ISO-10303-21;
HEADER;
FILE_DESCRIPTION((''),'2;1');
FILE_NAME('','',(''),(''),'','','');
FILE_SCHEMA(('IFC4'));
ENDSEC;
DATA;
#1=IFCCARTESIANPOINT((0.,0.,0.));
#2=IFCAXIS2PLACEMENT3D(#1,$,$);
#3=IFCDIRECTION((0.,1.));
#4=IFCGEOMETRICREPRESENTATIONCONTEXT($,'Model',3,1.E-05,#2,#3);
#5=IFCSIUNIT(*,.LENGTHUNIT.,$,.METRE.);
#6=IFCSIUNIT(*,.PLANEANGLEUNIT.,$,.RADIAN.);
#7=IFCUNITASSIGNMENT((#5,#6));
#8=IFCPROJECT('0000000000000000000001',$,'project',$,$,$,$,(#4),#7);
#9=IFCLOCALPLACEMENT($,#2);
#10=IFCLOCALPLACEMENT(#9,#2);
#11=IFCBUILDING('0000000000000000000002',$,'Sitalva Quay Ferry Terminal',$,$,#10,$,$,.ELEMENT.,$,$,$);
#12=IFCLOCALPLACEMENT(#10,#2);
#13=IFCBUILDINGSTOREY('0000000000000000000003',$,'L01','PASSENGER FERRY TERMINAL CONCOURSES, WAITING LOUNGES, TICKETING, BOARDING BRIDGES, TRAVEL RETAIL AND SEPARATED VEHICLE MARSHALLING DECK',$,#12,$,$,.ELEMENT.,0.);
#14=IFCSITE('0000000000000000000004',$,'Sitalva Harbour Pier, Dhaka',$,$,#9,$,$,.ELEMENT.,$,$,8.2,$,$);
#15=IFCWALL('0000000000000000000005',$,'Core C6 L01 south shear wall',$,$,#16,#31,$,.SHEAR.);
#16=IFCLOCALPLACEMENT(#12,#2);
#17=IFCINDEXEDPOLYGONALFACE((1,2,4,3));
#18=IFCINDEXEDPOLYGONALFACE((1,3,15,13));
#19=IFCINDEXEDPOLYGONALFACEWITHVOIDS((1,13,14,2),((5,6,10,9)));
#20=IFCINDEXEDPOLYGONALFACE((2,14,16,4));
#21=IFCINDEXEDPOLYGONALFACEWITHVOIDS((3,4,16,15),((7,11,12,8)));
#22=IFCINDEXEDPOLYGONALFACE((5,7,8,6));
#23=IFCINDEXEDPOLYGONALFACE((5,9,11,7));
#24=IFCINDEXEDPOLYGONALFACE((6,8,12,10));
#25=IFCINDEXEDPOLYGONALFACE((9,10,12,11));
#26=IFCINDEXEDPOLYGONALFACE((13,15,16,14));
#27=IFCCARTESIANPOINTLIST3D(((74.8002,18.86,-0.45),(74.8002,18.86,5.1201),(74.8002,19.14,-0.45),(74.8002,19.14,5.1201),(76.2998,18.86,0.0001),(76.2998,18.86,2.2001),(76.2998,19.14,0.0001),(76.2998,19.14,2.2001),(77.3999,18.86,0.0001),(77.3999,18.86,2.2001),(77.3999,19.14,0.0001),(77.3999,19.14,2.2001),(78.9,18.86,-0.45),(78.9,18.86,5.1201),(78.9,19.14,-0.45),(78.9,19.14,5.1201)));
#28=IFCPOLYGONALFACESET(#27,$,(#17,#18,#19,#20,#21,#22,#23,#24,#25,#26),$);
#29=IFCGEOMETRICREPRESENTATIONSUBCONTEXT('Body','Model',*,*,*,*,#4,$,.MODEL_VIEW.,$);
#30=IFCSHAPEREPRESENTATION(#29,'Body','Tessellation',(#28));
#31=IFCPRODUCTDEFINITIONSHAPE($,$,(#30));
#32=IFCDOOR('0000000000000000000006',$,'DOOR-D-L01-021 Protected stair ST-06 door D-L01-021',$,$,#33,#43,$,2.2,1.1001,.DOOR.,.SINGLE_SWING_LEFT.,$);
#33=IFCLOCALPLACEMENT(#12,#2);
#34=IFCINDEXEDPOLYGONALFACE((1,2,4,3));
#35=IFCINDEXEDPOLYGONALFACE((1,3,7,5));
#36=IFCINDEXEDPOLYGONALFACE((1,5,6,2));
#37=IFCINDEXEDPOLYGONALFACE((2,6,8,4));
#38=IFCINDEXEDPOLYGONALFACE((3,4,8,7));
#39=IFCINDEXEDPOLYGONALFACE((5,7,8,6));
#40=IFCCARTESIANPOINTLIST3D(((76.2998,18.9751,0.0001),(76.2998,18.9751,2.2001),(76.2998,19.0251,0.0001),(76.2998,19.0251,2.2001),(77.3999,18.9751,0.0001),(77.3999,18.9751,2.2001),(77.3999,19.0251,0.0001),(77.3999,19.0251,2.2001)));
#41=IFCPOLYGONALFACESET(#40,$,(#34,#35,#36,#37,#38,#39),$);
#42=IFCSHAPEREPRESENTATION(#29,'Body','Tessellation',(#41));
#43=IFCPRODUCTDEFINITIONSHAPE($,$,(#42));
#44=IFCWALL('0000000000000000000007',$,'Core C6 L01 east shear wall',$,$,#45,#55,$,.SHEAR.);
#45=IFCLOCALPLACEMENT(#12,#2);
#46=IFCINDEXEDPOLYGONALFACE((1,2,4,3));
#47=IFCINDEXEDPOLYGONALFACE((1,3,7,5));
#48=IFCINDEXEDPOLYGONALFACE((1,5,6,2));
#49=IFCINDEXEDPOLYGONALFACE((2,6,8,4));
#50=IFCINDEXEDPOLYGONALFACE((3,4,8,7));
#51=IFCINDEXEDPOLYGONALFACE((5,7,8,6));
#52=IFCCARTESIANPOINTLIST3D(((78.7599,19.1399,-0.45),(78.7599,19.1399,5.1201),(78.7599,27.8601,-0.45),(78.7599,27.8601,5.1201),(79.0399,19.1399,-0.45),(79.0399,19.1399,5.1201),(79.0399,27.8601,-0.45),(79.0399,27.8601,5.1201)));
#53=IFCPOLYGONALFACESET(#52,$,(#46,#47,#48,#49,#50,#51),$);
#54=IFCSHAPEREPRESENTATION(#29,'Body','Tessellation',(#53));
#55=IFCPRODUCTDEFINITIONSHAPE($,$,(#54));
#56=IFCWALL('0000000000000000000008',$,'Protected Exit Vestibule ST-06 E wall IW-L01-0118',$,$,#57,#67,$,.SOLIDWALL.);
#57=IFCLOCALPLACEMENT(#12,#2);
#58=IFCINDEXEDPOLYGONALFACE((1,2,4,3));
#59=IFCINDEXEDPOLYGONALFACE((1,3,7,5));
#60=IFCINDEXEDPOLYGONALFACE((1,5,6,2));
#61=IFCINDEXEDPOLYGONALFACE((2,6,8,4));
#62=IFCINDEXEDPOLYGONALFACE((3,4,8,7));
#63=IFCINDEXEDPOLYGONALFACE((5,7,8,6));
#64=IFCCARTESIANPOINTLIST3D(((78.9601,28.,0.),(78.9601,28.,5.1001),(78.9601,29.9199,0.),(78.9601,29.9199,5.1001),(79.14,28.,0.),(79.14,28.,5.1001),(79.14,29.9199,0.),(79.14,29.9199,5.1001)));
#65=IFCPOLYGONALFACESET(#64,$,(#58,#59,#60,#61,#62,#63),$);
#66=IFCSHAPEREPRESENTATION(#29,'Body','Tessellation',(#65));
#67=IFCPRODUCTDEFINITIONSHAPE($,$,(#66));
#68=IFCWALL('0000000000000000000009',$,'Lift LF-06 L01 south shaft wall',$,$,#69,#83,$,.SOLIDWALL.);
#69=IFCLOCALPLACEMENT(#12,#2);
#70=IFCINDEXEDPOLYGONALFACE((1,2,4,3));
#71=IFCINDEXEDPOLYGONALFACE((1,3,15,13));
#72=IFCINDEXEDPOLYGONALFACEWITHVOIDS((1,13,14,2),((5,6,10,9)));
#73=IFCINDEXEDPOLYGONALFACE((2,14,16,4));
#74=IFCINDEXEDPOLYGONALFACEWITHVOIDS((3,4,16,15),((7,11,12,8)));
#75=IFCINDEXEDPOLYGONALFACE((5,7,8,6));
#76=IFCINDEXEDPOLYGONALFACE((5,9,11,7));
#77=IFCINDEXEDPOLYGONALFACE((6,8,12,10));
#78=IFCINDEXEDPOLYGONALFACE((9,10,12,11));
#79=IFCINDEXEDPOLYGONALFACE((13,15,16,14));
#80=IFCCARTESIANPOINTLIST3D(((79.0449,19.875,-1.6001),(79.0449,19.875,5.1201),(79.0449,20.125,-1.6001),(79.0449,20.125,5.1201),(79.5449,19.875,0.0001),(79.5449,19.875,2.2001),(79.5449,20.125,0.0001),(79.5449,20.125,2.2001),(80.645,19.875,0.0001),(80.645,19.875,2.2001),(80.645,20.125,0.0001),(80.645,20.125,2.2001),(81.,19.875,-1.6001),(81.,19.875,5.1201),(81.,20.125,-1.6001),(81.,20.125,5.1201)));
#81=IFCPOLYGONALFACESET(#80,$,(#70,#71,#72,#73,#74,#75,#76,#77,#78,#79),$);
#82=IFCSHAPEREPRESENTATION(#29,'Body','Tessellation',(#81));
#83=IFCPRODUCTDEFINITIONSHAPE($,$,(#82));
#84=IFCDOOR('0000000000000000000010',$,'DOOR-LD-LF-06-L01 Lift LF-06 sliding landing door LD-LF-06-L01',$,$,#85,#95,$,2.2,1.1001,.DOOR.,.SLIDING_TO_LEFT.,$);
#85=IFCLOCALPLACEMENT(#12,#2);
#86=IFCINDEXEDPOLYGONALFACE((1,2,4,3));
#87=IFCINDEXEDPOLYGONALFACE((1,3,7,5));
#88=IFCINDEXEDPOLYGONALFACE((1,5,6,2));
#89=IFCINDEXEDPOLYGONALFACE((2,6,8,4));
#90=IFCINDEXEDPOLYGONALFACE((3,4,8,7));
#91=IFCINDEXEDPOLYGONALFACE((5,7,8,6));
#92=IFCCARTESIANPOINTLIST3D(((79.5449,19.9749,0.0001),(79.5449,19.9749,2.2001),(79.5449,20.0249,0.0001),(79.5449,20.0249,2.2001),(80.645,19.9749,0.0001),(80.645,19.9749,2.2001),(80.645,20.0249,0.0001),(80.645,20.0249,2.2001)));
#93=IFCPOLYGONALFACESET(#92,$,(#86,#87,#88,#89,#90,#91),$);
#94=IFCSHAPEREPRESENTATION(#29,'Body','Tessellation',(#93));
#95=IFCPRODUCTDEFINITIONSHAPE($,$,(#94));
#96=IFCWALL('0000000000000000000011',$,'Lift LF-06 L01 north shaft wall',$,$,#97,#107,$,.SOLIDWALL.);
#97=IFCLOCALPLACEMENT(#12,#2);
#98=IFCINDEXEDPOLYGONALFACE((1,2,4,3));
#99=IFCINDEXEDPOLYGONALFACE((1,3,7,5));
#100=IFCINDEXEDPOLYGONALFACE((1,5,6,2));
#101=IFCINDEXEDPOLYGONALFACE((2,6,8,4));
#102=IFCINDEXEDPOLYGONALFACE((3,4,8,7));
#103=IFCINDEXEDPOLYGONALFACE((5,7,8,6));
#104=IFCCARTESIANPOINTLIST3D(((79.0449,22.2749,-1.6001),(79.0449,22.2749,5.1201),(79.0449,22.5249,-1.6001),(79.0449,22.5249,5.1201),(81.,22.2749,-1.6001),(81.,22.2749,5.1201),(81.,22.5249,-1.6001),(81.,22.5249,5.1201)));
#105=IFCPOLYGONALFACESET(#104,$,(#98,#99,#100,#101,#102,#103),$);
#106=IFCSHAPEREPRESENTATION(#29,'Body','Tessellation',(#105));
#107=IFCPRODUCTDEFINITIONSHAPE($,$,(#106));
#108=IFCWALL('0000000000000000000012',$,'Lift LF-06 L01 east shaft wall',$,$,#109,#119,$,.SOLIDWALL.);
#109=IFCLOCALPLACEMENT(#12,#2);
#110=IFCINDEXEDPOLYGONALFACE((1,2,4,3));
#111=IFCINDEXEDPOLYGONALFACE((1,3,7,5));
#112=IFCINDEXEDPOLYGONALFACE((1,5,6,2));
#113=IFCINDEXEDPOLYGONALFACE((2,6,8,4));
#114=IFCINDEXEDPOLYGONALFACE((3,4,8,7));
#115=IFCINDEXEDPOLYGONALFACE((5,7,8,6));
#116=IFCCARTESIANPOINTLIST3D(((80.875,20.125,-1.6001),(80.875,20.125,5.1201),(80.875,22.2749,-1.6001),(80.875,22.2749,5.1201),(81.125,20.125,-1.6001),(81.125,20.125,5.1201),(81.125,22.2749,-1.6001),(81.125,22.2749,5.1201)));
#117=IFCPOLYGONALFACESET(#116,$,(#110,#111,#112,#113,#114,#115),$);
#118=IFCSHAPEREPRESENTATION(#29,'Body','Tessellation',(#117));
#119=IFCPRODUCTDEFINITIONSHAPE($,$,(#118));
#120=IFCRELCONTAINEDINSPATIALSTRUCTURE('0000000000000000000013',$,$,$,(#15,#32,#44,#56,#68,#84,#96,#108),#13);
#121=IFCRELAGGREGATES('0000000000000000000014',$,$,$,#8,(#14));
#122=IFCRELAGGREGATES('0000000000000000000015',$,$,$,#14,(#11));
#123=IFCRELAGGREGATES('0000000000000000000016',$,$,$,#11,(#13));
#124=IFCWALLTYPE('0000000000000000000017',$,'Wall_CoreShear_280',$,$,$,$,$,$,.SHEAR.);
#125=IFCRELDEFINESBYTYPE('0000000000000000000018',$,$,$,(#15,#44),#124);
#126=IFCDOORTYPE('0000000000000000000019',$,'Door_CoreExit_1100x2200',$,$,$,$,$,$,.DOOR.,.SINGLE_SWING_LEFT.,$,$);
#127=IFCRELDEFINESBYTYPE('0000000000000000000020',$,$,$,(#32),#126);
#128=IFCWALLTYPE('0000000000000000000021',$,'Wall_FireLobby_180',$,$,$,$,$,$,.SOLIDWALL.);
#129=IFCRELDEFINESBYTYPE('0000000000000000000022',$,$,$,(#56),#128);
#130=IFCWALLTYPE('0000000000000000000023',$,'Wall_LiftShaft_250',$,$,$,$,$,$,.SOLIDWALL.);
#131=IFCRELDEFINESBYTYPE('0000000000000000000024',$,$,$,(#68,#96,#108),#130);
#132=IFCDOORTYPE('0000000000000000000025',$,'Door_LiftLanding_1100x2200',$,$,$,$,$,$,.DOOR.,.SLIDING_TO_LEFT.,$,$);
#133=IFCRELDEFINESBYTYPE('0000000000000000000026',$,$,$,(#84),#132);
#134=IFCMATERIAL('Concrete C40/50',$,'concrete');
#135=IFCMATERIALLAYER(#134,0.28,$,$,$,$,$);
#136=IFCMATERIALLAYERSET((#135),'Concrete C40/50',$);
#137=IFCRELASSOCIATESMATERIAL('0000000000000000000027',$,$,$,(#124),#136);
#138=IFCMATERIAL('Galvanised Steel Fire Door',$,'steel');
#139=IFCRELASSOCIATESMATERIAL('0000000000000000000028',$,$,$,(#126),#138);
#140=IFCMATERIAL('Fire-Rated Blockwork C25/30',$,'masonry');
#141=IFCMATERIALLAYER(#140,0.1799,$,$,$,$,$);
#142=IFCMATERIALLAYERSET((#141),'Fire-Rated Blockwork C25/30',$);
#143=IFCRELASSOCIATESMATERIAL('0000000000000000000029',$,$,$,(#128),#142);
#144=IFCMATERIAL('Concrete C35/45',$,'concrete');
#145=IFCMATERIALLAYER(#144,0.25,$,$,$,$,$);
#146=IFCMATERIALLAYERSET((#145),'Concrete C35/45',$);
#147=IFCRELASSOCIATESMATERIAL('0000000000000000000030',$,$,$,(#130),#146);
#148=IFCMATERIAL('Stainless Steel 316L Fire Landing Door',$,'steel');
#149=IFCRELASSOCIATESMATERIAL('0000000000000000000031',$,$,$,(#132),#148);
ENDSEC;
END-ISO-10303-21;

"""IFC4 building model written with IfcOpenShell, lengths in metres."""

from ifc_helpers import new_model, si_unit, direction, frame, frame_2d, origin, place, context, subcontext, project, spatial, rectangle, extrude, material, layer, layer_set, type_object, element, fill, save


model = new_model("IFC4")

# Units and contexts
model_context = context("Model", 3, precision=1e-05, world=origin(), true_north=direction((0.0, 1.0)))
body_context = subcontext(model_context, "Body", "Model", "MODEL_VIEW")
ifc_project = project(units=[si_unit("LENGTHUNIT", "METRE"), si_unit("PLANEANGLEUNIT", "RADIAN")], contexts=[model_context])

# Site, building, storey
site_placement = place(None, origin())
site = spatial("IfcSite", under=ifc_project, at=site_placement, Name="Sitalva Harbour Pier, Dhaka", CompositionType="ELEMENT", RefElevation=8.2)
building_placement = place(site_placement, origin())
building = spatial("IfcBuilding", under=site, at=building_placement, Name="Sitalva Quay Ferry Terminal", CompositionType="ELEMENT")
storey_placement = place(building_placement, origin())
storey = spatial("IfcBuildingStorey", under=building, at=storey_placement, Name="L01", Description="PASSENGER FERRY TERMINAL CONCOURSES, WAITING LOUNGES, TICKETING, BOARDING BRIDGES, TRAVEL RETAIL AND SEPARATED VEHICLE MARSHALLING DECK", CompositionType="ELEMENT", Elevation=0.0)

# Wall, opening, door
ifc_material_1 = material(Name="Concrete C40/50", Category="concrete")
ifc_layer_1 = layer(ifc_material_1, 0.28)
ifc_layer_set_1 = layer_set([ifc_layer_1], Name="Concrete C40/50")
wall_type_1 = type_object("IfcWallType", Name="Wall_CoreShear_280", PredefinedType="SHEAR", material=ifc_layer_set_1)
wall_1_placement = place(storey_placement, frame((78.8999, 19.0, -0.45), z_axis=(0.0, 0.0, 1.0), x_axis=(-1.0, 0.0, 0.0)))
wall_1 = element("IfcWall", 1, at=wall_1_placement, inside=storey, type_object=wall_type_1, Name="Core C6 L01 south shear wall", PredefinedType="SHEAR", context=body_context, shape_type="SweptSolid", body=[
    extrude(rectangle(XDim=4.0999, YDim=0.28, at=frame_2d((2.0498, 0.0))), origin(), (0.0, 0.0, 1.0), 5.5701),
])
opening_1_placement = place(wall_1_placement, frame((1.5, 0.0, 0.45)))
opening_1 = element("IfcOpeningElement", 2, at=opening_1_placement, cuts=wall_1, PredefinedType="OPENING", context=body_context, shape_type="SweptSolid", body=[
    extrude(rectangle(XDim=1.1001, YDim=2.2, at=frame_2d((0.55, 1.1001))), frame((0.0, 0.1499, 0.0), z_axis=(0.0, -1.0, 0.0), x_axis=(1.0, 0.0, 0.0)), (0.0, 0.0, 1.0), 0.3),
])
ifc_material_2 = material(Name="Galvanised Steel Fire Door", Category="steel")
door_type_1 = type_object("IfcDoorType", Name="Door_CoreExit_1100x2200", OperationType="SINGLE_SWING_LEFT", PredefinedType="DOOR", material=ifc_material_2)
door_1_placement = place(opening_1_placement, origin())
door_1 = element("IfcDoor", 3, at=door_1_placement, inside=storey, type_object=door_type_1, Name="DOOR-D-L01-021 Protected stair ST-06 door D-L01-021", OperationType="SINGLE_SWING_LEFT", OverallHeight=2.2, OverallWidth=1.1001, PredefinedType="DOOR", context=body_context, shape_type="SweptSolid", body=[
    extrude(rectangle(XDim=1.1001, YDim=2.2, at=frame_2d((0.55, 1.1001))), frame((0.0, 0.0249, 0.0), z_axis=(0.0, -1.0, 0.0), x_axis=(1.0, 0.0, 0.0)), (0.0, 0.0, 1.0), 0.05),
])
fill(opening_1, door_1)

# Walls
wall_2_placement = place(storey_placement, frame((78.8999, 19.1399, -0.45), z_axis=(0.0, 0.0, 1.0), x_axis=(0.0, 1.0, 0.0)))
element("IfcWall", 4, at=wall_2_placement, inside=storey, type_object=wall_type_1, Name="Core C6 L01 east shear wall", PredefinedType="SHEAR", context=body_context, shape_type="SweptSolid", body=[
    extrude(rectangle(XDim=8.7202, YDim=0.28, at=frame_2d((4.3601, 0.0))), origin(), (0.0, 0.0, 1.0), 5.5701),
])
ifc_material_3 = material(Name="Fire-Rated Blockwork C25/30", Category="masonry")
ifc_layer_2 = layer(ifc_material_3, 0.1799)
ifc_layer_set_2 = layer_set([ifc_layer_2], Name="Fire-Rated Blockwork C25/30")
wall_type_2 = type_object("IfcWallType", Name="Wall_FireLobby_180", PredefinedType="SOLIDWALL", material=ifc_layer_set_2)
wall_3_placement = place(storey_placement, frame((79.05, 28.0, 0.0), z_axis=(0.0, 0.0, 1.0), x_axis=(0.0, 1.0, 0.0)))
element("IfcWall", 5, at=wall_3_placement, inside=storey, type_object=wall_type_2, Name="Protected Exit Vestibule ST-06 E wall IW-L01-0118", PredefinedType="SOLIDWALL", context=body_context, shape_type="SweptSolid", body=[
    extrude(rectangle(XDim=1.9199, YDim=0.1799, at=frame_2d((0.96, 0.0))), origin(), (0.0, 0.0, 1.0), 5.1001),
])

# Wall, opening, door
ifc_material_4 = material(Name="Concrete C35/45", Category="concrete")
ifc_layer_3 = layer(ifc_material_4, 0.25)
ifc_layer_set_3 = layer_set([ifc_layer_3], Name="Concrete C35/45")
wall_type_3 = type_object("IfcWallType", Name="Wall_LiftShaft_250", PredefinedType="SOLIDWALL", material=ifc_layer_set_3)
wall_4_placement = place(storey_placement, frame((79.0449, 20.0, -1.6001), z_axis=(0.0, 0.0, 1.0), x_axis=(1.0, 0.0, 0.0)))
wall_4 = element("IfcWall", 6, at=wall_4_placement, inside=storey, type_object=wall_type_3, Name="Lift LF-06 L01 south shaft wall", PredefinedType="SOLIDWALL", context=body_context, shape_type="SweptSolid", body=[
    extrude(rectangle(XDim=1.9551, YDim=0.25, at=frame_2d((0.9775, 0.0))), origin(), (0.0, 0.0, 1.0), 6.7202),
])
opening_2_placement = place(wall_4_placement, frame((0.5, 0.0, 1.6001)))
opening_2 = element("IfcOpeningElement", 7, at=opening_2_placement, cuts=wall_4, PredefinedType="OPENING", context=body_context, shape_type="SweptSolid", body=[
    extrude(rectangle(XDim=1.1001, YDim=2.2, at=frame_2d((0.55, 1.1001))), frame((0.0, 0.135, 0.0), z_axis=(0.0, -1.0, 0.0), x_axis=(1.0, 0.0, 0.0)), (0.0, 0.0, 1.0), 0.27),
])
ifc_material_5 = material(Name="Stainless Steel 316L Fire Landing Door", Category="steel")
door_type_2 = type_object("IfcDoorType", Name="Door_LiftLanding_1100x2200", OperationType="SLIDING_TO_LEFT", PredefinedType="DOOR", material=ifc_material_5)
door_2_placement = place(opening_2_placement, origin())
door_2 = element("IfcDoor", 8, at=door_2_placement, inside=storey, type_object=door_type_2, Name="DOOR-LD-LF-06-L01 Lift LF-06 sliding landing door LD-LF-06-L01", OperationType="SLIDING_TO_LEFT", OverallHeight=2.2, OverallWidth=1.1001, PredefinedType="DOOR", context=body_context, shape_type="SweptSolid", body=[
    extrude(rectangle(XDim=1.1001, YDim=2.2, at=frame_2d((0.55, 1.1001))), frame((0.0, 0.0249, 0.0), z_axis=(0.0, -1.0, 0.0), x_axis=(1.0, 0.0, 0.0)), (0.0, 0.0, 1.0), 0.05),
])
fill(opening_2, door_2)

# Walls
wall_5_placement = place(storey_placement, frame((79.0449, 22.3999, -1.6001), z_axis=(0.0, 0.0, 1.0), x_axis=(1.0, 0.0, 0.0)))
element("IfcWall", 9, at=wall_5_placement, inside=storey, type_object=wall_type_3, Name="Lift LF-06 L01 north shaft wall", PredefinedType="SOLIDWALL", context=body_context, shape_type="SweptSolid", body=[
    extrude(rectangle(XDim=1.9551, YDim=0.25, at=frame_2d((0.9775, 0.0))), origin(), (0.0, 0.0, 1.0), 6.7202),
])
wall_6_placement = place(storey_placement, frame((81.0, 20.125, -1.6001), z_axis=(0.0, 0.0, 1.0), x_axis=(0.0, 1.0, 0.0)))
element("IfcWall", 10, at=wall_6_placement, inside=storey, type_object=wall_type_3, Name="Lift LF-06 L01 east shaft wall", PredefinedType="SOLIDWALL", context=body_context, shape_type="SweptSolid", body=[
    extrude(rectangle(XDim=2.1499, YDim=0.25, at=frame_2d((1.075, 0.0))), origin(), (0.0, 0.0, 1.0), 6.7202),
])

save(model, "model.ifc")
